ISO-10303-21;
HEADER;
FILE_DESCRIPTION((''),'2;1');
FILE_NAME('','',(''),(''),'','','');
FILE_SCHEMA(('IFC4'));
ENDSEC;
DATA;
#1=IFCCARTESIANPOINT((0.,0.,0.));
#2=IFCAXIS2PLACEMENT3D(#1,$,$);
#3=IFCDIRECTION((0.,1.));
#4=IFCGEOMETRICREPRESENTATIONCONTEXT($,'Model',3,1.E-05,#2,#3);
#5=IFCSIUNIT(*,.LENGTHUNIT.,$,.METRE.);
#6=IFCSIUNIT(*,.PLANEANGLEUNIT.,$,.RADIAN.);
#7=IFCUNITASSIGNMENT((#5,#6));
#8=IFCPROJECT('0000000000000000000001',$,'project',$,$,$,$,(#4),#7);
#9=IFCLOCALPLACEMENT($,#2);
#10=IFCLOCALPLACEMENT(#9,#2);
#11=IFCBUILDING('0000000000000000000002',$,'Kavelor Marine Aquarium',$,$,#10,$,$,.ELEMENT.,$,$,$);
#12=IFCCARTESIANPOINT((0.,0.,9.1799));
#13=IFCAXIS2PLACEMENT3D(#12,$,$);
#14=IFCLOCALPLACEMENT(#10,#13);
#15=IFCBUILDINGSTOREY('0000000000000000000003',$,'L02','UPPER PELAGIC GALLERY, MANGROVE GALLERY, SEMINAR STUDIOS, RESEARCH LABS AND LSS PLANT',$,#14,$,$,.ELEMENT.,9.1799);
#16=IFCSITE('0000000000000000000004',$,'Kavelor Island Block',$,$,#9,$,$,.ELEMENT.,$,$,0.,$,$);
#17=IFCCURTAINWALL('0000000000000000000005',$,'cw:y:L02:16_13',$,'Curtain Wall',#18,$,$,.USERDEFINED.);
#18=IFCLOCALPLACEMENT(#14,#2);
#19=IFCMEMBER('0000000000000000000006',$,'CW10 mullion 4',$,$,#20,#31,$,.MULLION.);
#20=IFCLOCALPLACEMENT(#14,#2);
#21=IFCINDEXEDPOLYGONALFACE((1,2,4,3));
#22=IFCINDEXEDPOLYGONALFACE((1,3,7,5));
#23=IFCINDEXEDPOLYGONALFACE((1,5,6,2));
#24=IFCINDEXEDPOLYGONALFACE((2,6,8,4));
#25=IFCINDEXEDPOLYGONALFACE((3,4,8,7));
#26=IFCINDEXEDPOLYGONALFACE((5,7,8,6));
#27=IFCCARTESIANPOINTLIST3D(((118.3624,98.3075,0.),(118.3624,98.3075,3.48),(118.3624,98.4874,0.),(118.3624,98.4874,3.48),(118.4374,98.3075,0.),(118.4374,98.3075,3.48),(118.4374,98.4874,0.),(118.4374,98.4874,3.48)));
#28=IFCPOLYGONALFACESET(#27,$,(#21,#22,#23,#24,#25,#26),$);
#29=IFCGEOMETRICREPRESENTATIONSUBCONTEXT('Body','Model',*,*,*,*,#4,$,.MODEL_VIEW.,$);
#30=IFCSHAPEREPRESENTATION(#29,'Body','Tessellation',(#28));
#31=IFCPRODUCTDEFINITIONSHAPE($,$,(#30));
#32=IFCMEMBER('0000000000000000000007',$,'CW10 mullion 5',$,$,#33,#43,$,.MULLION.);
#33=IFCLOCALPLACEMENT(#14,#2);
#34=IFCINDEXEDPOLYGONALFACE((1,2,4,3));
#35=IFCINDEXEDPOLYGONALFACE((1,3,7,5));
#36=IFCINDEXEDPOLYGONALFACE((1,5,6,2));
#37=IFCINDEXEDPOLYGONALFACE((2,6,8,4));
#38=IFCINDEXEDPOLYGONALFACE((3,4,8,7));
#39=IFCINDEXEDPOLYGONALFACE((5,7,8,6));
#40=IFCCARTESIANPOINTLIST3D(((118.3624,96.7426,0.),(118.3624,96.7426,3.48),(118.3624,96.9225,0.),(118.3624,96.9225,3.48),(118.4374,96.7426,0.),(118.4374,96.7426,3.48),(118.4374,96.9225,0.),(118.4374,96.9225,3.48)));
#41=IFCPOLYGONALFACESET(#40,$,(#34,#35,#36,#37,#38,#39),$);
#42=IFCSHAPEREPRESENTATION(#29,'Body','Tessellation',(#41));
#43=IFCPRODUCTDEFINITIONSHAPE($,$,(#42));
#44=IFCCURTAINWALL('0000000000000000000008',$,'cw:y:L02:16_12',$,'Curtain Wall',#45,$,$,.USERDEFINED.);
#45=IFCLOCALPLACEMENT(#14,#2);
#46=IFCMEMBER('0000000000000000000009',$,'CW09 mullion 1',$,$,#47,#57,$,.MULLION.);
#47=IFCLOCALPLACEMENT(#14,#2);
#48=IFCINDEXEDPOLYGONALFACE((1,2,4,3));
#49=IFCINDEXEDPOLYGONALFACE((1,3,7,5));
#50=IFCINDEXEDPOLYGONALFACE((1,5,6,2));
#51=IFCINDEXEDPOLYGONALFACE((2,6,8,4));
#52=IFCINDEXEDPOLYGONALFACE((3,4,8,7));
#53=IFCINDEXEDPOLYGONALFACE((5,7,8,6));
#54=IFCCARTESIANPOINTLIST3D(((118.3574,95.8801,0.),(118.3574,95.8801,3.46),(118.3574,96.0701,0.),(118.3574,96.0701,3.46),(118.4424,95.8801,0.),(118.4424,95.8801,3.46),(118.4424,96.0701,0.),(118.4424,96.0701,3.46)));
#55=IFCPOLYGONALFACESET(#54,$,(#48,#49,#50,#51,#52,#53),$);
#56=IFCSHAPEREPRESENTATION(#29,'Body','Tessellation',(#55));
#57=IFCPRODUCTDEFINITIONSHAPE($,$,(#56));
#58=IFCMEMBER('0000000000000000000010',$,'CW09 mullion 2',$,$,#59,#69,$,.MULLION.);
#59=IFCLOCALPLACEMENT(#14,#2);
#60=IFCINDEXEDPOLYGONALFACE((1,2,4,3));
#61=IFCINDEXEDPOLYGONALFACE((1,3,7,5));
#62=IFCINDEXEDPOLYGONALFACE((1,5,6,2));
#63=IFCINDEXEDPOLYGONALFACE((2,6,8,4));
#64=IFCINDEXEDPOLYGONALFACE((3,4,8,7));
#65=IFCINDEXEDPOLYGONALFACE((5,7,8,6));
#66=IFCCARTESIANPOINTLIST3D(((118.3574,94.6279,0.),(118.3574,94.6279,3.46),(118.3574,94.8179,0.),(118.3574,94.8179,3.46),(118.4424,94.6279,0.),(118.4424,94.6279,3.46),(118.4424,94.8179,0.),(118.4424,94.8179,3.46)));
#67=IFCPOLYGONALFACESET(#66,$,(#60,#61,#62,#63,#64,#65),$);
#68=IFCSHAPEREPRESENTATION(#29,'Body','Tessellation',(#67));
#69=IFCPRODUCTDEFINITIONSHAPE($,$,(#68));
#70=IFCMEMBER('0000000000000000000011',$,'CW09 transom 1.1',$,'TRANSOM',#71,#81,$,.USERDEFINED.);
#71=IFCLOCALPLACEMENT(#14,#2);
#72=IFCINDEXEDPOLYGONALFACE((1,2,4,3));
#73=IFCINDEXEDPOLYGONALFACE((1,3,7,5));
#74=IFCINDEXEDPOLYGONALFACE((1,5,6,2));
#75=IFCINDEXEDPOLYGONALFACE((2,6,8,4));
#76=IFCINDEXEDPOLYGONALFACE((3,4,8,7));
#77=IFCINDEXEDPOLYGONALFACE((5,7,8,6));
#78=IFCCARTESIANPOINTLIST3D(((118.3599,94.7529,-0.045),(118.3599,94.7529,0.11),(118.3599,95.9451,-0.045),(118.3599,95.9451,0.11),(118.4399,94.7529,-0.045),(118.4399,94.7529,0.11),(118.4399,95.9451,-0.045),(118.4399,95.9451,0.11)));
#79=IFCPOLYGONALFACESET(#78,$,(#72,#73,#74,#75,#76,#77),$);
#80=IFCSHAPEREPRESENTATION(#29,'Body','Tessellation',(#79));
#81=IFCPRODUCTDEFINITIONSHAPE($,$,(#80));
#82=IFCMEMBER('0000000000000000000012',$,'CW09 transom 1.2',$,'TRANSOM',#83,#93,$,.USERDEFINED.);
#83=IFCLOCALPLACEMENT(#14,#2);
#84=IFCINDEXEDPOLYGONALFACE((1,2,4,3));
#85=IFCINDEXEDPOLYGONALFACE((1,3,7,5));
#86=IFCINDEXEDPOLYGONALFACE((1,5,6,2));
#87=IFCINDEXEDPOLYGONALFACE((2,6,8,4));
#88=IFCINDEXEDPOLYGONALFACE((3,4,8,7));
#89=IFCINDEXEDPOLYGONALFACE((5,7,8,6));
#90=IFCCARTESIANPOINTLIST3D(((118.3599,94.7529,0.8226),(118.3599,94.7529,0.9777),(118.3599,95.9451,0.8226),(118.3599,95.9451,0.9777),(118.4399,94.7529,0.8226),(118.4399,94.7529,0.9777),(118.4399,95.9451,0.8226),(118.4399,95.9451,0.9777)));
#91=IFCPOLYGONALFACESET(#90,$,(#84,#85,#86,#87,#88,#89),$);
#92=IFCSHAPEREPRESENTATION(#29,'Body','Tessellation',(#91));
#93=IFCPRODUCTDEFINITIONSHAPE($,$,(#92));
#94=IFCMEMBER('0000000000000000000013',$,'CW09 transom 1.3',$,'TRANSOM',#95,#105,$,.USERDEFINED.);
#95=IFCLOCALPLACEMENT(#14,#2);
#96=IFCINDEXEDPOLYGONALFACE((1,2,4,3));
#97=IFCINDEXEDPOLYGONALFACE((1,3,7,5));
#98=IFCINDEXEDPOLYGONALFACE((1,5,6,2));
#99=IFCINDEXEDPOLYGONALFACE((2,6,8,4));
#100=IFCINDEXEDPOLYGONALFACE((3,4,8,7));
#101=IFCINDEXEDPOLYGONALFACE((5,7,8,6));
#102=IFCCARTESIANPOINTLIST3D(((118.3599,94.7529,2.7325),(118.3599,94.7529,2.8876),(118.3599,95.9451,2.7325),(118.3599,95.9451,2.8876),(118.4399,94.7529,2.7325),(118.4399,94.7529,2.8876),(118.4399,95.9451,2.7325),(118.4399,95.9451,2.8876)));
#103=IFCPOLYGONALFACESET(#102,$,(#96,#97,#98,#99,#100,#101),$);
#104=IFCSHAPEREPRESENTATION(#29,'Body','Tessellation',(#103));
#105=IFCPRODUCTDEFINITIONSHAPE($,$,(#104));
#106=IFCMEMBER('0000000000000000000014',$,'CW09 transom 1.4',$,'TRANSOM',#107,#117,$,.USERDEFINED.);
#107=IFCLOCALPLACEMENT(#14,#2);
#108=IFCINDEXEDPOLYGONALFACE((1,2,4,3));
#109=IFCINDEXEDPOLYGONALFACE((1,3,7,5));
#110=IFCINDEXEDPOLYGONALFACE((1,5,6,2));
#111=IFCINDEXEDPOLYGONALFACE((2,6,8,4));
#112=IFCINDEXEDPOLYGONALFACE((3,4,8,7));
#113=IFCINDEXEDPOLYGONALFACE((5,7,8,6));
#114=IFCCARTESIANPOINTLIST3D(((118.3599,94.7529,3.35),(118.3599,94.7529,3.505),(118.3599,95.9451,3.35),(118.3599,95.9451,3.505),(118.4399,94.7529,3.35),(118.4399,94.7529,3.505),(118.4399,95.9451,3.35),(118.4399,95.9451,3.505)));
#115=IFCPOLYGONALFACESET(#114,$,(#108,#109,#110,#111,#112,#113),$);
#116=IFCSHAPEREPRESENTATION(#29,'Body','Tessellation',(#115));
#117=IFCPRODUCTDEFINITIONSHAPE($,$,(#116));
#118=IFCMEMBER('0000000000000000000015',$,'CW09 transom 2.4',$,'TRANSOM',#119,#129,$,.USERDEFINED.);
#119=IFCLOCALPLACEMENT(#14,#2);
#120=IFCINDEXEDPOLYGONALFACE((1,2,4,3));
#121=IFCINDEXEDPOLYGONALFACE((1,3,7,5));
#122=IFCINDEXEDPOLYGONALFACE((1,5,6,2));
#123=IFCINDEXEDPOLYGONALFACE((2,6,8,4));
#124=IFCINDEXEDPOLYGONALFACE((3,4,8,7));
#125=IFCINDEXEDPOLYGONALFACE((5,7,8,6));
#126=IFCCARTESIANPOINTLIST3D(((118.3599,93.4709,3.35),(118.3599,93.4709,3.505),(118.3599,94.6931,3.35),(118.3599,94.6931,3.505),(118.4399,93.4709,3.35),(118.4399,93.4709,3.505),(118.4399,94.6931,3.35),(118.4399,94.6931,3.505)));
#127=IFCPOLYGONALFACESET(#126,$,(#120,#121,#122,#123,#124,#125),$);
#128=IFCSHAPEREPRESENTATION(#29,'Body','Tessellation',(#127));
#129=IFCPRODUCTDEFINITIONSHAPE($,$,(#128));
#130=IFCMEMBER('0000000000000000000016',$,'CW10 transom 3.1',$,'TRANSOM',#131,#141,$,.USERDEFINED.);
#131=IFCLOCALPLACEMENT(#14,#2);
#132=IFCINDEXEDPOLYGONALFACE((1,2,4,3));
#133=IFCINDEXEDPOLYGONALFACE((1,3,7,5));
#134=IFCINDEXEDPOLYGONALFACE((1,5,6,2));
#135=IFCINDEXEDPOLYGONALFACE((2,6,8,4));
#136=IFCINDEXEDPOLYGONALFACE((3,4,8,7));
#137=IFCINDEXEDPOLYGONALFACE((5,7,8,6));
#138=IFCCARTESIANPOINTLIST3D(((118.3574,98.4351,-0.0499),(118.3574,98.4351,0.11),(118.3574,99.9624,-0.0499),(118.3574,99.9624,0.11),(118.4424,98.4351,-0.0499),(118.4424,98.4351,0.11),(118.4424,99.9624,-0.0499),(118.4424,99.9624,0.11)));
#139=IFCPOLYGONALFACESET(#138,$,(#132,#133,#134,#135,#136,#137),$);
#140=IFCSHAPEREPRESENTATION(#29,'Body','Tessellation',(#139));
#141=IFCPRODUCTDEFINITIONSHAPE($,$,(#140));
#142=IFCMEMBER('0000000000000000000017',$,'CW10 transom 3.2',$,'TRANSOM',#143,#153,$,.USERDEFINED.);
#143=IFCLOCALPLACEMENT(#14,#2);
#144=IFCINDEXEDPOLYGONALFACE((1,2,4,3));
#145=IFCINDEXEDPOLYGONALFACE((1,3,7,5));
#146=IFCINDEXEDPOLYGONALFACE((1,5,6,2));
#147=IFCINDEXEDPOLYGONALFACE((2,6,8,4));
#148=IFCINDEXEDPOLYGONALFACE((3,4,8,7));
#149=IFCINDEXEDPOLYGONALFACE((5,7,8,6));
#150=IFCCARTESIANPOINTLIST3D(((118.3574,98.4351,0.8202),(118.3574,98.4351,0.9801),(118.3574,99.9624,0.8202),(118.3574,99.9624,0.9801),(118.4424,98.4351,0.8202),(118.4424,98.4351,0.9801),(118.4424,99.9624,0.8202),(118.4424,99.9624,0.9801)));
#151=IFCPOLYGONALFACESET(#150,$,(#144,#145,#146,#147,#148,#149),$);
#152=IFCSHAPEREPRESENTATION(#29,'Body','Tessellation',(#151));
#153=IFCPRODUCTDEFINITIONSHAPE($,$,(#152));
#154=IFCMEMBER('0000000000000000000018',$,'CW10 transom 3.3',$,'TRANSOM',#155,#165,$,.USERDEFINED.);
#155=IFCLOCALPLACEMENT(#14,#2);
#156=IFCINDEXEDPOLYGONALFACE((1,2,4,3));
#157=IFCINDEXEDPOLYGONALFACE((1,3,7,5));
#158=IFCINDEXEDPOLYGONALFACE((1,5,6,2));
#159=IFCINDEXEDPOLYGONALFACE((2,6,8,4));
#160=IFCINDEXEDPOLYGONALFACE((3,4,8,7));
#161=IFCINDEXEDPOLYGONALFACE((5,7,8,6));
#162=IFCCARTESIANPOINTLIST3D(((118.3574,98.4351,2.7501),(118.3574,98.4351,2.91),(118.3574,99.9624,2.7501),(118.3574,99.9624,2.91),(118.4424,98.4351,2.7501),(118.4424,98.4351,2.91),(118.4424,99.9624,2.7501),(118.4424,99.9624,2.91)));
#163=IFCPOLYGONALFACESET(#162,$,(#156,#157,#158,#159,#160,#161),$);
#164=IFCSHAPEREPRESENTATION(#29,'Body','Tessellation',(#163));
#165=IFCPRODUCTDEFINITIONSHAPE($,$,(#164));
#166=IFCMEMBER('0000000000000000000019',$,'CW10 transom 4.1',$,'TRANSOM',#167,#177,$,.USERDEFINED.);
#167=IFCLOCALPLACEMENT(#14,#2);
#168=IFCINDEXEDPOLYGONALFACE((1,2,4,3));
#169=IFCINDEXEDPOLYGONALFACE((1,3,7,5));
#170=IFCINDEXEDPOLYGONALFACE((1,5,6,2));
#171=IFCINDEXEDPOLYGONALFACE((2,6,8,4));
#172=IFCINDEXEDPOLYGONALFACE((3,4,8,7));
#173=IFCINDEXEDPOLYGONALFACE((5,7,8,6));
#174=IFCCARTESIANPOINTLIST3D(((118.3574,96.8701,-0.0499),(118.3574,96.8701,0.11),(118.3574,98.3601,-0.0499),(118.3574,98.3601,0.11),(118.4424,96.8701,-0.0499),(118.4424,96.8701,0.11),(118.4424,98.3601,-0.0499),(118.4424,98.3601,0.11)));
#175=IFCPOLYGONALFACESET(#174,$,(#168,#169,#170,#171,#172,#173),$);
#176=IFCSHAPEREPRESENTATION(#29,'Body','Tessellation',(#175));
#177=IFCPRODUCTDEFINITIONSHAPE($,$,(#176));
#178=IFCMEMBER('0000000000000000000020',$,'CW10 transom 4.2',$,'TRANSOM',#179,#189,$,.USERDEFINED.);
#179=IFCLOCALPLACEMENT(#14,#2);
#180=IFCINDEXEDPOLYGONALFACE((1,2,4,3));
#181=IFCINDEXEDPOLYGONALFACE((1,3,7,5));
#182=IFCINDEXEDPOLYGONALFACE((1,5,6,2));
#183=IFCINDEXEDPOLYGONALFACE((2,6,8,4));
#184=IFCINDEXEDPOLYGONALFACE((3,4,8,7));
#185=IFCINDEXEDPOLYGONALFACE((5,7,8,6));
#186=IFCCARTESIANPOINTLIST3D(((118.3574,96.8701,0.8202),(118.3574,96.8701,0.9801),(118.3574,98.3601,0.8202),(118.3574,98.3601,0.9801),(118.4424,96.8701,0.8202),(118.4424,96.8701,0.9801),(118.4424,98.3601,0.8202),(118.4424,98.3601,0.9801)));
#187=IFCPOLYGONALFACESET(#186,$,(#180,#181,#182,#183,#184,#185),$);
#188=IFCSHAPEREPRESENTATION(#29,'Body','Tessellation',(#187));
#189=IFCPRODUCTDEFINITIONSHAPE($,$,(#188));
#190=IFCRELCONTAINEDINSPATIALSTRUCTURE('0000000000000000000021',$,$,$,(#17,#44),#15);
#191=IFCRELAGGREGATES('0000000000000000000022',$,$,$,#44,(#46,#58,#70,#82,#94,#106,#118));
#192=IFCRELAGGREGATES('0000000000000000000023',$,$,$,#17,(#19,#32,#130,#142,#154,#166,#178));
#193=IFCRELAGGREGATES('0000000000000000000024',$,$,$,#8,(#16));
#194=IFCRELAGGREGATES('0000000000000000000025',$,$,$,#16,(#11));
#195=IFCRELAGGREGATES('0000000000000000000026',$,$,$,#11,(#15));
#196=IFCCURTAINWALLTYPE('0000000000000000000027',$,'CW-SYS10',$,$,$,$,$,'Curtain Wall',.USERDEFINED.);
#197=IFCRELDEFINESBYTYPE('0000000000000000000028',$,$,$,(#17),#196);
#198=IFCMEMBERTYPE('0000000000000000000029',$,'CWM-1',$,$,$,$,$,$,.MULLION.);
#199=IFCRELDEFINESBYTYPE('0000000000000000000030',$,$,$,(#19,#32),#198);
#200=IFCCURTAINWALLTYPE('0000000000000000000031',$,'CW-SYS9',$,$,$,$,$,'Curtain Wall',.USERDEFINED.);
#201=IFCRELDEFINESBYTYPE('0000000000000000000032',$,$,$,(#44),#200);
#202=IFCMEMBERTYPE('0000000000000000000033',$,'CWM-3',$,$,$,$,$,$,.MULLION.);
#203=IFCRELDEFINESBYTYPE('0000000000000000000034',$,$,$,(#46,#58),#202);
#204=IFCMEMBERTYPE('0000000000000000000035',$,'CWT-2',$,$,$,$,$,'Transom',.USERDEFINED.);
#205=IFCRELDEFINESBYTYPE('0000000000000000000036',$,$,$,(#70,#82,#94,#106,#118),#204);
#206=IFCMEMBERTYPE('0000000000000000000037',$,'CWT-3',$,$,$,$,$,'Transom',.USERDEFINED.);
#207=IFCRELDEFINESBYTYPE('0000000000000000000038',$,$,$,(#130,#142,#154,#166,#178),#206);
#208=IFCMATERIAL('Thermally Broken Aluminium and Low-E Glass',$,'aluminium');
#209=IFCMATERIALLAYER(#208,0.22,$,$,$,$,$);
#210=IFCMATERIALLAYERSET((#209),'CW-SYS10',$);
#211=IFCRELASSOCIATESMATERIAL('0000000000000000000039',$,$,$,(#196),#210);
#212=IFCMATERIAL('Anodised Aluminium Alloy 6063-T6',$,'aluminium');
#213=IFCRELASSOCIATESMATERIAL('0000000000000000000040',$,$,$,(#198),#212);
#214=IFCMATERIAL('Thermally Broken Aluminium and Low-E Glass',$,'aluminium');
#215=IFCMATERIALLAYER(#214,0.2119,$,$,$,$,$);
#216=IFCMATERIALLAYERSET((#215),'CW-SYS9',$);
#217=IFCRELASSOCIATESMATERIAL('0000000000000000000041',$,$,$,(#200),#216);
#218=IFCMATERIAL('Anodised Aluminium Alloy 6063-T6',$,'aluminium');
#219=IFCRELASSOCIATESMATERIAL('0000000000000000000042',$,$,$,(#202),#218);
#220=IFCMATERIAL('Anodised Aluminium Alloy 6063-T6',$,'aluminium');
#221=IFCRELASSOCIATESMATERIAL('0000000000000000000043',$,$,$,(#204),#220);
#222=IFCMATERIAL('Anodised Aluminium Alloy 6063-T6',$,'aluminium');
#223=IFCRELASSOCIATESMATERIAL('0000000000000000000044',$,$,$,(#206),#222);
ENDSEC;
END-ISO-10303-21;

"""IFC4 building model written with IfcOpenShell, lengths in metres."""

from ifc_helpers import new_model, si_unit, direction, frame, origin, origin_2d, place, context, subcontext, project, spatial, rectangle, extrude, material, layer, layer_set, material_profile, profile_set, type_object, element, aggregate, save


model = new_model("IFC4")

# Units and contexts
model_context = context("Model", 3, precision=1e-05, world=origin(), true_north=direction((0.0, 1.0)))
body_context = subcontext(model_context, "Body", "Model", "MODEL_VIEW")
ifc_project = project(units=[si_unit("LENGTHUNIT", "METRE"), si_unit("PLANEANGLEUNIT", "RADIAN")], contexts=[model_context])

# Site, building, storey
site_placement = place(None, origin())
site = spatial("IfcSite", under=ifc_project, at=site_placement, Name="Kavelor Island Block", CompositionType="ELEMENT", RefElevation=0.0)
building_placement = place(site_placement, origin())
building = spatial("IfcBuilding", under=site, at=building_placement, Name="Kavelor Marine Aquarium", CompositionType="ELEMENT")
storey_placement = place(building_placement, frame((0.0, 0.0, 9.1799)))
storey = spatial("IfcBuildingStorey", under=building, at=storey_placement, Name="L02", Description="UPPER PELAGIC GALLERY, MANGROVE GALLERY, SEMINAR STUDIOS, RESEARCH LABS AND LSS PLANT", CompositionType="ELEMENT", Elevation=9.1799)

# Curtain walls, members
ifc_material_1 = material(Name="Thermally Broken Aluminium and Low-E Glass", Category="aluminium")
ifc_layer_1 = layer(ifc_material_1, 0.22)
ifc_layer_set_1 = layer_set([ifc_layer_1], Name="CW-SYS10")
curtain_wall_type_1 = type_object("IfcCurtainWallType", Name="CW-SYS10", ElementType="Curtain Wall", PredefinedType="USERDEFINED", material=ifc_layer_set_1)
curtain_wall_1_placement = place(storey_placement, origin())
curtain_wall_1 = element("IfcCurtainWall", 1, at=curtain_wall_1_placement, inside=storey, type_object=curtain_wall_type_1, Name="cw:y:L02:16_13", ObjectType="Curtain Wall", PredefinedType="USERDEFINED")
ifc_material_2 = material(Name="Anodised Aluminium Alloy 6063-T6", Category="aluminium")
ifc_material_profile_1 = material_profile(ifc_material_2, rectangle(XDim=0.075, YDim=0.1799, at=origin_2d()), Name="CW-MUL 75x180")
ifc_profile_set_1 = profile_set([ifc_material_profile_1], Name="Anodised Aluminium Alloy 6063-T6")
member_type_1 = type_object("IfcMemberType", Name="CWM-1", PredefinedType="MULLION", material=ifc_profile_set_1)
member_1_placement = place(storey_placement, frame((118.3999, 98.3975, 0.0), z_axis=(0.0, 0.0, 1.0), x_axis=(1.0, 0.0, 0.0)))
member_1 = element("IfcMember", 2, at=member_1_placement, type_object=member_type_1, Name="CW10 mullion 4", PredefinedType="MULLION", context=body_context, shape_type="SweptSolid", body=[
    extrude(rectangle(XDim=0.075, YDim=0.1799, at=origin_2d()), origin(), (0.0, 0.0, 1.0), 3.48),
])
member_2_placement = place(storey_placement, frame((118.3999, 96.8325, 0.0), z_axis=(0.0, 0.0, 1.0), x_axis=(1.0, 0.0, 0.0)))
member_2 = element("IfcMember", 3, at=member_2_placement, type_object=member_type_1, Name="CW10 mullion 5", PredefinedType="MULLION", context=body_context, shape_type="SweptSolid", body=[
    extrude(rectangle(XDim=0.075, YDim=0.1799, at=origin_2d()), origin(), (0.0, 0.0, 1.0), 3.48),
])
ifc_material_3 = material(Name="Thermally Broken Aluminium and Low-E Glass", Category="aluminium")
ifc_layer_2 = layer(ifc_material_3, 0.2119)
ifc_layer_set_2 = layer_set([ifc_layer_2], Name="CW-SYS9")
curtain_wall_type_2 = type_object("IfcCurtainWallType", Name="CW-SYS9", ElementType="Curtain Wall", PredefinedType="USERDEFINED", material=ifc_layer_set_2)
curtain_wall_2_placement = place(storey_placement, origin())
curtain_wall_2 = element("IfcCurtainWall", 4, at=curtain_wall_2_placement, inside=storey, type_object=curtain_wall_type_2, Name="cw:y:L02:16_12", ObjectType="Curtain Wall", PredefinedType="USERDEFINED")
ifc_material_4 = material(Name="Anodised Aluminium Alloy 6063-T6", Category="aluminium")
ifc_material_profile_2 = material_profile(ifc_material_4, rectangle(XDim=0.085, YDim=0.1899, at=origin_2d()), Name="CW-MUL 85x190")
ifc_profile_set_2 = profile_set([ifc_material_profile_2], Name="Anodised Aluminium Alloy 6063-T6")
member_type_2 = type_object("IfcMemberType", Name="CWM-3", PredefinedType="MULLION", material=ifc_profile_set_2)
member_3_placement = place(storey_placement, frame((118.3999, 95.9751, 0.0), z_axis=(0.0, 0.0, 1.0), x_axis=(1.0, 0.0, 0.0)))
member_3 = element("IfcMember", 5, at=member_3_placement, type_object=member_type_2, Name="CW09 mullion 1", PredefinedType="MULLION", context=body_context, shape_type="SweptSolid", body=[
    extrude(rectangle(XDim=0.085, YDim=0.1899, at=origin_2d()), origin(), (0.0, 0.0, 1.0), 3.46),
])
member_4_placement = place(storey_placement, frame((118.3999, 94.7229, 0.0), z_axis=(0.0, 0.0, 1.0), x_axis=(1.0, 0.0, 0.0)))
member_4 = element("IfcMember", 6, at=member_4_placement, type_object=member_type_2, Name="CW09 mullion 2", PredefinedType="MULLION", context=body_context, shape_type="SweptSolid", body=[
    extrude(rectangle(XDim=0.085, YDim=0.1899, at=origin_2d()), origin(), (0.0, 0.0, 1.0), 3.46),
])
ifc_material_5 = material(Name="Anodised Aluminium Alloy 6063-T6", Category="aluminium")
ifc_material_profile_3 = material_profile(ifc_material_5, rectangle(XDim=0.0801, YDim=0.155, at=origin_2d()), Name="CW-TRN 80x155")
ifc_profile_set_3 = profile_set([ifc_material_profile_3], Name="Anodised Aluminium Alloy 6063-T6")
member_type_3 = type_object("IfcMemberType", Name="CWT-2", ElementType="Transom", PredefinedType="USERDEFINED", material=ifc_profile_set_3)
member_5_placement = place(storey_placement, frame((118.3999, 95.9451, 0.0325), z_axis=(0.0, -1.0, 0.0), x_axis=(1.0, 0.0, 0.0)))
member_5 = element("IfcMember", 7, at=member_5_placement, type_object=member_type_3, Name="CW09 transom 1.1", ObjectType="TRANSOM", PredefinedType="USERDEFINED", context=body_context, shape_type="SweptSolid", body=[
    extrude(rectangle(XDim=0.0801, YDim=0.155, at=origin_2d()), origin(), (0.0, 0.0, 1.0), 1.1921),
])
member_6_placement = place(storey_placement, frame((118.3999, 95.9451, 0.9001), z_axis=(0.0, -1.0, 0.0), x_axis=(1.0, 0.0, 0.0)))
member_6 = element("IfcMember", 8, at=member_6_placement, type_object=member_type_3, Name="CW09 transom 1.2", ObjectType="TRANSOM", PredefinedType="USERDEFINED", context=body_context, shape_type="SweptSolid", body=[
    extrude(rectangle(XDim=0.0801, YDim=0.155, at=origin_2d()), origin(), (0.0, 0.0, 1.0), 1.1921),
])
member_7_placement = place(storey_placement, frame((118.3999, 95.9451, 2.8101), z_axis=(0.0, -1.0, 0.0), x_axis=(1.0, 0.0, 0.0)))
member_7 = element("IfcMember", 9, at=member_7_placement, type_object=member_type_3, Name="CW09 transom 1.3", ObjectType="TRANSOM", PredefinedType="USERDEFINED", context=body_context, shape_type="SweptSolid", body=[
    extrude(rectangle(XDim=0.0801, YDim=0.155, at=origin_2d()), origin(), (0.0, 0.0, 1.0), 1.1921),
])
member_8_placement = place(storey_placement, frame((118.3999, 95.9451, 3.4275), z_axis=(0.0, -1.0, 0.0), x_axis=(1.0, 0.0, 0.0)))
member_8 = element("IfcMember", 10, at=member_8_placement, type_object=member_type_3, Name="CW09 transom 1.4", ObjectType="TRANSOM", PredefinedType="USERDEFINED", context=body_context, shape_type="SweptSolid", body=[
    extrude(rectangle(XDim=0.0801, YDim=0.155, at=origin_2d()), origin(), (0.0, 0.0, 1.0), 1.1921),
])
member_9_placement = place(storey_placement, frame((118.3999, 94.6931, 3.4275), z_axis=(0.0, -1.0, 0.0), x_axis=(1.0, 0.0, 0.0)))
member_9 = element("IfcMember", 11, at=member_9_placement, type_object=member_type_3, Name="CW09 transom 2.4", ObjectType="TRANSOM", PredefinedType="USERDEFINED", context=body_context, shape_type="SweptSolid", body=[
    extrude(rectangle(XDim=0.0801, YDim=0.155, at=origin_2d()), origin(), (0.0, 0.0, 1.0), 1.2222),
])

# Members
ifc_material_6 = material(Name="Anodised Aluminium Alloy 6063-T6", Category="aluminium")
ifc_material_profile_4 = material_profile(ifc_material_6, rectangle(XDim=0.085, YDim=0.1599, at=origin_2d()), Name="CW-TRN 85x160")
ifc_profile_set_4 = profile_set([ifc_material_profile_4], Name="Anodised Aluminium Alloy 6063-T6")
member_type_4 = type_object("IfcMemberType", Name="CWT-3", ElementType="Transom", PredefinedType="USERDEFINED", material=ifc_profile_set_4)
member_10_placement = place(storey_placement, frame((118.3999, 99.9624, 0.03), z_axis=(0.0, -1.0, 0.0), x_axis=(1.0, 0.0, 0.0)))
member_10 = element("IfcMember", 12, at=member_10_placement, type_object=member_type_4, Name="CW10 transom 3.1", ObjectType="TRANSOM", PredefinedType="USERDEFINED", context=body_context, shape_type="SweptSolid", body=[
    extrude(rectangle(XDim=0.085, YDim=0.1599, at=origin_2d()), origin(), (0.0, 0.0, 1.0), 1.5273),
])
member_11_placement = place(storey_placement, frame((118.3999, 99.9624, 0.9001), z_axis=(0.0, -1.0, 0.0), x_axis=(1.0, 0.0, 0.0)))
member_11 = element("IfcMember", 13, at=member_11_placement, type_object=member_type_4, Name="CW10 transom 3.2", ObjectType="TRANSOM", PredefinedType="USERDEFINED", context=body_context, shape_type="SweptSolid", body=[
    extrude(rectangle(XDim=0.085, YDim=0.1599, at=origin_2d()), origin(), (0.0, 0.0, 1.0), 1.5273),
])
member_12_placement = place(storey_placement, frame((118.3999, 99.9624, 2.8301), z_axis=(0.0, -1.0, 0.0), x_axis=(1.0, 0.0, 0.0)))
member_12 = element("IfcMember", 14, at=member_12_placement, type_object=member_type_4, Name="CW10 transom 3.3", ObjectType="TRANSOM", PredefinedType="USERDEFINED", context=body_context, shape_type="SweptSolid", body=[
    extrude(rectangle(XDim=0.085, YDim=0.1599, at=origin_2d()), origin(), (0.0, 0.0, 1.0), 1.5273),
])
member_13_placement = place(storey_placement, frame((118.3999, 98.3601, 0.03), z_axis=(0.0, -1.0, 0.0), x_axis=(1.0, 0.0, 0.0)))
member_13 = element("IfcMember", 15, at=member_13_placement, type_object=member_type_4, Name="CW10 transom 4.1", ObjectType="TRANSOM", PredefinedType="USERDEFINED", context=body_context, shape_type="SweptSolid", body=[
    extrude(rectangle(XDim=0.085, YDim=0.1599, at=origin_2d()), origin(), (0.0, 0.0, 1.0), 1.49),
])
member_14_placement = place(storey_placement, frame((118.3999, 98.3601, 0.9001), z_axis=(0.0, -1.0, 0.0), x_axis=(1.0, 0.0, 0.0)))
member_14 = element("IfcMember", 16, at=member_14_placement, type_object=member_type_4, Name="CW10 transom 4.2", ObjectType="TRANSOM", PredefinedType="USERDEFINED", context=body_context, shape_type="SweptSolid", body=[
    extrude(rectangle(XDim=0.085, YDim=0.1599, at=origin_2d()), origin(), (0.0, 0.0, 1.0), 1.49),
])

aggregate(curtain_wall_2, [member_3, member_4, member_5, member_6, member_7, member_8, member_9])
aggregate(curtain_wall_1, [member_1, member_2, member_10, member_11, member_12, member_13, member_14])

save(model, "model.ifc")
